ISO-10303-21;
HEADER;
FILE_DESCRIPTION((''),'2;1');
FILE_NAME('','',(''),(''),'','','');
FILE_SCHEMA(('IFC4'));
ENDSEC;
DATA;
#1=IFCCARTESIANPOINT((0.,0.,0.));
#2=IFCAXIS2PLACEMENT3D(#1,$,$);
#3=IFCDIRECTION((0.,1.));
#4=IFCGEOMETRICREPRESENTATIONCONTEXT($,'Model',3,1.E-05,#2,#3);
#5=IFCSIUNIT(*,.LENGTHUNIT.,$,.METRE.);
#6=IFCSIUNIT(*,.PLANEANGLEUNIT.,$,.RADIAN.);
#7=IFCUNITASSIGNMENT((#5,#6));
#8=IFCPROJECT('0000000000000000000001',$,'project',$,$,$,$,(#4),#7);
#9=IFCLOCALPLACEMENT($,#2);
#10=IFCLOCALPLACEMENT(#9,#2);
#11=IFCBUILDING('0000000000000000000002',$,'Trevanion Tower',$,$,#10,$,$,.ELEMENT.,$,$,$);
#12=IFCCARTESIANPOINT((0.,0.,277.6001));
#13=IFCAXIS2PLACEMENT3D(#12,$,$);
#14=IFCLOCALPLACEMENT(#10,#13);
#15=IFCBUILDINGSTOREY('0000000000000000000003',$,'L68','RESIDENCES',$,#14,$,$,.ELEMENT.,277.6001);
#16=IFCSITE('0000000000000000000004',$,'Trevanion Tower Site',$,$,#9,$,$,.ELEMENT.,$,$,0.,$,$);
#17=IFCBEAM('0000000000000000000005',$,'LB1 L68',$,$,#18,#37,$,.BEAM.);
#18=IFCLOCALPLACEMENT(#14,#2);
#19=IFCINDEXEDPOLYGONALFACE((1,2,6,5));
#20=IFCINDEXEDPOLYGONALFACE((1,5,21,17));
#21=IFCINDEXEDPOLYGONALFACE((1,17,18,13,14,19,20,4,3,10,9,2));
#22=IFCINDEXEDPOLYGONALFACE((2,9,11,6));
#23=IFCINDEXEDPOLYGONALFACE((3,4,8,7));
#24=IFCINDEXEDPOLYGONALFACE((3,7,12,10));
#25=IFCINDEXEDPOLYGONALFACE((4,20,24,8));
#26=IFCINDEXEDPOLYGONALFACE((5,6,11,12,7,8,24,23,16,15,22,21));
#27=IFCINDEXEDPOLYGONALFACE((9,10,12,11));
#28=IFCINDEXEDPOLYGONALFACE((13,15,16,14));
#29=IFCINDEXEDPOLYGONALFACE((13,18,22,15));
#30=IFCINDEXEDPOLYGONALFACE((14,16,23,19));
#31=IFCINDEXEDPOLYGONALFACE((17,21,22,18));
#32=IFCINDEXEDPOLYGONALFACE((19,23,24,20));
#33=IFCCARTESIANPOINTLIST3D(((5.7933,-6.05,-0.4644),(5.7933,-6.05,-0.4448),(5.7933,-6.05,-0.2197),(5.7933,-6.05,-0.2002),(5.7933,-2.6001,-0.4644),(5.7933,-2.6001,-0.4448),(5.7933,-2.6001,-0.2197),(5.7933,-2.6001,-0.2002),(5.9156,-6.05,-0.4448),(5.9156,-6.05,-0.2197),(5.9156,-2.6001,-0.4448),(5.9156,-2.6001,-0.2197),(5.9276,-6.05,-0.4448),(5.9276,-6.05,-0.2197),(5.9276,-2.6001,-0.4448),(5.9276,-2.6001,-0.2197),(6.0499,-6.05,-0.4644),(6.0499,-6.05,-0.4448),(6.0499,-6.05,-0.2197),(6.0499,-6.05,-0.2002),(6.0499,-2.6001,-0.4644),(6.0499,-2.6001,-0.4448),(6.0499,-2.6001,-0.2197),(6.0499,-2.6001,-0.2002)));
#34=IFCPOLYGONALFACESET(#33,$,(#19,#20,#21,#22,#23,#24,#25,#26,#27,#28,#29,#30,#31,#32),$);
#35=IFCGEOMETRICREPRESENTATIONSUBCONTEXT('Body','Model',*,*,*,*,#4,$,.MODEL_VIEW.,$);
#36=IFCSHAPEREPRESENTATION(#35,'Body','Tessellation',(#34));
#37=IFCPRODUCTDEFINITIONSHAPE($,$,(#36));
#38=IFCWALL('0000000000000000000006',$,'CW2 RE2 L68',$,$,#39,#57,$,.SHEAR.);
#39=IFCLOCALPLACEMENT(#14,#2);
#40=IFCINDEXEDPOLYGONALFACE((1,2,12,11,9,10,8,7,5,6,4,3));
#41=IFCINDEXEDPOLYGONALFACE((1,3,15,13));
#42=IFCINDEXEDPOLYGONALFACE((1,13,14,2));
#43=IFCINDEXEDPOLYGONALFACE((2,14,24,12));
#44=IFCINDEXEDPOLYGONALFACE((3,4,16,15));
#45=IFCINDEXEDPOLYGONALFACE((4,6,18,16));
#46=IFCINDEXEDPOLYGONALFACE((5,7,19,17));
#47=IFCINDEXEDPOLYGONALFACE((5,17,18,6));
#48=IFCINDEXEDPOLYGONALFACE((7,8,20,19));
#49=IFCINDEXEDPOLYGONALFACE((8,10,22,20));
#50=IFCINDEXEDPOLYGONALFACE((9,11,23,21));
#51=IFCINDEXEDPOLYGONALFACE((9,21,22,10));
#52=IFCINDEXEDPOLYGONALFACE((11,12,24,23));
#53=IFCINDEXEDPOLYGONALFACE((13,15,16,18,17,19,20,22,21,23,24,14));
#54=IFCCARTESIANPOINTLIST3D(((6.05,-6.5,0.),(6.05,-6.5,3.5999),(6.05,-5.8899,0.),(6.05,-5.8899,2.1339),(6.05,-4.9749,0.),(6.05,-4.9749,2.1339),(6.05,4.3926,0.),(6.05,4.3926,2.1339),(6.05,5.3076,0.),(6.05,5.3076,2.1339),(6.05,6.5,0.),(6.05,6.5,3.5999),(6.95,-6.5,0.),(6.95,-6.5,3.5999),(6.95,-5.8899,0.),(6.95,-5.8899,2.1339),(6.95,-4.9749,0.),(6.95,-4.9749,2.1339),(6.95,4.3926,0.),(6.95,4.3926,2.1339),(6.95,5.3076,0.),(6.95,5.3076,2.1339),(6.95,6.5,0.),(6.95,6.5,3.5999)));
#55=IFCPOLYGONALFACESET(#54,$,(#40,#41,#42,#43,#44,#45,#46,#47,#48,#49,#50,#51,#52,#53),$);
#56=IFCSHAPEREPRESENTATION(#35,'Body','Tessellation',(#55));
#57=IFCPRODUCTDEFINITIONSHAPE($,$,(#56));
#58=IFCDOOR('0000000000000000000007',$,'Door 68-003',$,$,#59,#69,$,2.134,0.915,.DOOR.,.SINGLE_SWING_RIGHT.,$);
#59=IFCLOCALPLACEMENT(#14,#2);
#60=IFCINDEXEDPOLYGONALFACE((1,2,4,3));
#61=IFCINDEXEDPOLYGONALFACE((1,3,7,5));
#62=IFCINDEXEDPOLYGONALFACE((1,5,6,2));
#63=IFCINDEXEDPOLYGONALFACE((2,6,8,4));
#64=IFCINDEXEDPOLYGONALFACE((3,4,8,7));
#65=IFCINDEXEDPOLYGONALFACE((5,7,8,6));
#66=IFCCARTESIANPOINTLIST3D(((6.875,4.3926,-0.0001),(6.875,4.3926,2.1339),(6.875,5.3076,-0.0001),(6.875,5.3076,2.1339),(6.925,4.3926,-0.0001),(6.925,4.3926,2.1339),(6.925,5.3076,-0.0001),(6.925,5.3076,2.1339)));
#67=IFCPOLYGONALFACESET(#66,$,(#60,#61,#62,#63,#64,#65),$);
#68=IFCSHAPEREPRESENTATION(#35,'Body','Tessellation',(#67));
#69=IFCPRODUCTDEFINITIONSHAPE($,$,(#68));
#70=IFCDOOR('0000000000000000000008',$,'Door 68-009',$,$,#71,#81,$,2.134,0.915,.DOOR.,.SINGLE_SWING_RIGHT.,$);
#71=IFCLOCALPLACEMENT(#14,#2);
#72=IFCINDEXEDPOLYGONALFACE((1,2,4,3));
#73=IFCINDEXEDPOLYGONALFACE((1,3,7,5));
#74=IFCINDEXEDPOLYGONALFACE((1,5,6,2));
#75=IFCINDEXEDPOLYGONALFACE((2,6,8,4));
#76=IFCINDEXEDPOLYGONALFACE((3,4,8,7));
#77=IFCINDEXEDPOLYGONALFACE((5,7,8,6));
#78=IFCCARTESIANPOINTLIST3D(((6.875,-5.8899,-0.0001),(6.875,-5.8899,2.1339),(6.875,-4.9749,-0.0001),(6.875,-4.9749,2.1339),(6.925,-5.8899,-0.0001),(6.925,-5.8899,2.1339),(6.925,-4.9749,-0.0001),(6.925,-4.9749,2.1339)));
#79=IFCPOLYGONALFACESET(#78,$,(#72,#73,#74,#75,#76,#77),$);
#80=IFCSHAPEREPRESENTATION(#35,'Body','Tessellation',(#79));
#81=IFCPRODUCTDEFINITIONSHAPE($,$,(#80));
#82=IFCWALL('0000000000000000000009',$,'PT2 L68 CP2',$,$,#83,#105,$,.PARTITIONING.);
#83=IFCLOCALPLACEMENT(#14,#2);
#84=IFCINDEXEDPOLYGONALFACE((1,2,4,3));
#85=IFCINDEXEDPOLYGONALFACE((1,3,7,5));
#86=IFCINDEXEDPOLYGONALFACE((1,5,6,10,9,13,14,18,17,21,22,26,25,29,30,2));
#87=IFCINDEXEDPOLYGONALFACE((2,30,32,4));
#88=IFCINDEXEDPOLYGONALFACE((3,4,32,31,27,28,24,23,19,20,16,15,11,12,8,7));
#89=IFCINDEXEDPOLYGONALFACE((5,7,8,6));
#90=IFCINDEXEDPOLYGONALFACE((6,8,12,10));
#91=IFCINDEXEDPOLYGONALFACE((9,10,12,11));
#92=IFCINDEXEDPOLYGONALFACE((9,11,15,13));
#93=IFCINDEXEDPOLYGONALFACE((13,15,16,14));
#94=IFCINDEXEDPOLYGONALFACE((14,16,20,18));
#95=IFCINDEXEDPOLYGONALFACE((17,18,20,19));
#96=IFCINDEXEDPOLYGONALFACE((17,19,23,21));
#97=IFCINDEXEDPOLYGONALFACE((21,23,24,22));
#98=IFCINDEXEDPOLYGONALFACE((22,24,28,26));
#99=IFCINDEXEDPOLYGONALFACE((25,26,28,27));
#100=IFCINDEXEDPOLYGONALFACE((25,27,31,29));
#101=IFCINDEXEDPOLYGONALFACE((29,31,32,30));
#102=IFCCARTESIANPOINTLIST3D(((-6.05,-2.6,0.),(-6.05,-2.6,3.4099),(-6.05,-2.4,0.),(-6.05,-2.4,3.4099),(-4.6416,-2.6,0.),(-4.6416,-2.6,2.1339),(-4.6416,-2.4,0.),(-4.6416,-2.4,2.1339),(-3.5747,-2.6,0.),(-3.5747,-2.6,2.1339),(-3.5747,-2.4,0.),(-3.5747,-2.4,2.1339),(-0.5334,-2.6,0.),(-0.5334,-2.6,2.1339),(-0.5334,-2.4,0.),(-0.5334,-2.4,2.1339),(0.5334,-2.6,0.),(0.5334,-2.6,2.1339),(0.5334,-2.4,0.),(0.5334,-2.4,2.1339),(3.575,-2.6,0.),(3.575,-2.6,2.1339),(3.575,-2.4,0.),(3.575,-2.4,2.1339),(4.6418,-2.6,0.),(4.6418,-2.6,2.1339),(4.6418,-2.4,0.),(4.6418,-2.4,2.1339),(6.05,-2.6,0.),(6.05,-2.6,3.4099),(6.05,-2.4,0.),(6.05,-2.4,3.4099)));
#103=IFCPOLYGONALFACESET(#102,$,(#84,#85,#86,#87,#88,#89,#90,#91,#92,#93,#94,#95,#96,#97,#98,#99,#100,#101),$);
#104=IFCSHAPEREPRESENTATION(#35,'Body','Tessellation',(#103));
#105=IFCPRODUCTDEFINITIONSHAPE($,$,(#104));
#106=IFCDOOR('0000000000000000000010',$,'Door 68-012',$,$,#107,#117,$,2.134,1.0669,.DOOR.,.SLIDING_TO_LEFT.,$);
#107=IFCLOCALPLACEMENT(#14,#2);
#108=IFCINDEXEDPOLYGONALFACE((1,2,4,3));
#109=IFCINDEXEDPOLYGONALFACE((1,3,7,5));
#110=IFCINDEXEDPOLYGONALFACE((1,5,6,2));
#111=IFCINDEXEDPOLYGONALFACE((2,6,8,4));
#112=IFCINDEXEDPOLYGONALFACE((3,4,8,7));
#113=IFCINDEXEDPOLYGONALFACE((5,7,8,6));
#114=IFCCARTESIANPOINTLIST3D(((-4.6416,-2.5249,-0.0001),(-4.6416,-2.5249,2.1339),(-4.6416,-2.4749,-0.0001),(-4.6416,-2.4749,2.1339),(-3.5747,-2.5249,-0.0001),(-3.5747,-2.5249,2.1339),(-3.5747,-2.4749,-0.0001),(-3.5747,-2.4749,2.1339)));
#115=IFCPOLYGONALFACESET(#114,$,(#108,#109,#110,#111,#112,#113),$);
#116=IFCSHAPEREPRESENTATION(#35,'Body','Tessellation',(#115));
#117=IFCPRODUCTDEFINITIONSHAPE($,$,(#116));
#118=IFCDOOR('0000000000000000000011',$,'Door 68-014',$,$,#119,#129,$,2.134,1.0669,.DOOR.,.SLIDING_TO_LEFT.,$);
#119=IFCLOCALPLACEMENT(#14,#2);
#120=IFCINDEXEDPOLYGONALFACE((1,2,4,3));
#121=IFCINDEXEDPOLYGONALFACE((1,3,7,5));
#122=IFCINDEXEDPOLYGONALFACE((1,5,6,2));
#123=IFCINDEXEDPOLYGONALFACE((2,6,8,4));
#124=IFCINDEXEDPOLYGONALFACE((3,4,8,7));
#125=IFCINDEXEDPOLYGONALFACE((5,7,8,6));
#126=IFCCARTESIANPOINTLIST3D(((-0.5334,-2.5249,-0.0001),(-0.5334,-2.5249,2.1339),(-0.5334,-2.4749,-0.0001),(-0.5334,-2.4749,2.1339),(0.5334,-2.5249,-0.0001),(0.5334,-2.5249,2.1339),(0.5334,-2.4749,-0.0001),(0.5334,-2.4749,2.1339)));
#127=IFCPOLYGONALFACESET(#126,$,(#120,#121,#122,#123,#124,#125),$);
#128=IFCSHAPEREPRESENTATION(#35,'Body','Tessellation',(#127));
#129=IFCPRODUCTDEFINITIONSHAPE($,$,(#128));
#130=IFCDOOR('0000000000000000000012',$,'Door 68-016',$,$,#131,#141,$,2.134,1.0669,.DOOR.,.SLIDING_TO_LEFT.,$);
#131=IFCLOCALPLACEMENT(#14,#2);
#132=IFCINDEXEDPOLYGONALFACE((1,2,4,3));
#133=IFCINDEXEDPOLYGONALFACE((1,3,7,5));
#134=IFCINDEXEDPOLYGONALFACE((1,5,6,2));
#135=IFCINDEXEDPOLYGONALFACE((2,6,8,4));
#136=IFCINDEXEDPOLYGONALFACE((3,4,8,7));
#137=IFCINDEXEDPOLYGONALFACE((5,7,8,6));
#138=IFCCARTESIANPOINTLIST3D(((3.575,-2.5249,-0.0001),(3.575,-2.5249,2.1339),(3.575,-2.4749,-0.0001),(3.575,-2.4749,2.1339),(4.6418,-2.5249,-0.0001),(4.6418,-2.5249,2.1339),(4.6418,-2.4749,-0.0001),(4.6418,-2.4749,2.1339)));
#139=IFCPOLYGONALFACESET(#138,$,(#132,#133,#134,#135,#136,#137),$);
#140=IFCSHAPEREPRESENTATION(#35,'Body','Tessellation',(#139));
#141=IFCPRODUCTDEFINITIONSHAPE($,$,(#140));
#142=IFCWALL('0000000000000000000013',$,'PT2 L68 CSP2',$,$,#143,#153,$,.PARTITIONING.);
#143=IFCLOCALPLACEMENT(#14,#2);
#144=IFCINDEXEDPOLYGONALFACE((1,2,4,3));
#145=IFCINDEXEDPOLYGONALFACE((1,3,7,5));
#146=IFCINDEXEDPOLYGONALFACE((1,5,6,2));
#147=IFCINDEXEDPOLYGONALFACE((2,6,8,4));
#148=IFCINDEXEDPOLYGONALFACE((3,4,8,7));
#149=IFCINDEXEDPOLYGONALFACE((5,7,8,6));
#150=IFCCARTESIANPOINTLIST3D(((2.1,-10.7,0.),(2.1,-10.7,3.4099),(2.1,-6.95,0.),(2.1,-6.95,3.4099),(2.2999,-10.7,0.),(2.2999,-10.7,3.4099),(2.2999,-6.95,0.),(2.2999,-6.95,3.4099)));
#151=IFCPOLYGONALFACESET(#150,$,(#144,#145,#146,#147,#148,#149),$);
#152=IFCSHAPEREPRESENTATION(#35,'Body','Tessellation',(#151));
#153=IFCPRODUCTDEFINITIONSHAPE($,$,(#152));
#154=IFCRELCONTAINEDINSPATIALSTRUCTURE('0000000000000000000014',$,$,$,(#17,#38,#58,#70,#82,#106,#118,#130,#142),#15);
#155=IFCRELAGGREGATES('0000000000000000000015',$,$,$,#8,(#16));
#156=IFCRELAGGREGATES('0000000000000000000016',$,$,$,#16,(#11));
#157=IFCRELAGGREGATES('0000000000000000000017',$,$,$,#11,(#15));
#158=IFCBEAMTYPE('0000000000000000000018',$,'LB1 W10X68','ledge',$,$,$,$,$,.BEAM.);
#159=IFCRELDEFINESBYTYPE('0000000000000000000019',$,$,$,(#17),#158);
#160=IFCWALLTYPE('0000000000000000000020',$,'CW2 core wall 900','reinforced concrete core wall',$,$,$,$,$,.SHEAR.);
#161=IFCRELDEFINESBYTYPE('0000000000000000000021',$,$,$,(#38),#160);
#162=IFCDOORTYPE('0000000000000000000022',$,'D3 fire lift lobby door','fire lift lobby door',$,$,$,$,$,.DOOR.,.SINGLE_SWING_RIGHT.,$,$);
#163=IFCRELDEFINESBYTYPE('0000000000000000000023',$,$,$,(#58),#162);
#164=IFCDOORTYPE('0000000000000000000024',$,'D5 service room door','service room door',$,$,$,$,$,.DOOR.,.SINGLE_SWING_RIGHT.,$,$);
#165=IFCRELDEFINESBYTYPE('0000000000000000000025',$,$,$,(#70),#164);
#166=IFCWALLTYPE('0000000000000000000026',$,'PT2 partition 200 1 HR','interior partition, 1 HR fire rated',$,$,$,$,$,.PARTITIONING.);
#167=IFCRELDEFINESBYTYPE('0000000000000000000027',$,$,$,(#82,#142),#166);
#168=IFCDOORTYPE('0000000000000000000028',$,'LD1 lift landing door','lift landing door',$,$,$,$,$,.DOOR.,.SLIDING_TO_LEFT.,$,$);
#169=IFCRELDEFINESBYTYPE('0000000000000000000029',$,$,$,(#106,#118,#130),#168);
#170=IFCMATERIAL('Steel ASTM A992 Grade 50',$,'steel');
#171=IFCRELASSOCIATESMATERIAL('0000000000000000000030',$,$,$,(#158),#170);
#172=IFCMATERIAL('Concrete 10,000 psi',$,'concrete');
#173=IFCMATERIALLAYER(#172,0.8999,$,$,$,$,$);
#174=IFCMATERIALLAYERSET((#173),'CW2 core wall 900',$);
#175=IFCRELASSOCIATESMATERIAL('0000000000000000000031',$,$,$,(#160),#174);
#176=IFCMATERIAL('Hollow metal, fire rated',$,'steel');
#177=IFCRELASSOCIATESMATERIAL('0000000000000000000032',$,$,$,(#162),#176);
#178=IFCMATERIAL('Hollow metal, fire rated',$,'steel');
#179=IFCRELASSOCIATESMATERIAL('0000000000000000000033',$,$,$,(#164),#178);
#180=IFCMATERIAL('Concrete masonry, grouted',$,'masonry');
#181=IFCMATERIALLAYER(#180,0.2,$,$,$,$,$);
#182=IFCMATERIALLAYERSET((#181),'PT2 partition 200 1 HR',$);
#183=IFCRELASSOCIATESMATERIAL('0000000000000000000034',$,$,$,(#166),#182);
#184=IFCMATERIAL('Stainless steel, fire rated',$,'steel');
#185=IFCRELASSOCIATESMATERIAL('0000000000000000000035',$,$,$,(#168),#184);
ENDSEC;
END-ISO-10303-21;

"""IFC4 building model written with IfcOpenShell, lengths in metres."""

from ifc_helpers import new_model, si_unit, direction, frame, frame_2d, origin, origin_2d, place, context, subcontext, project, spatial, rectangle, i_section, extrude, material, layer, layer_set, material_profile, profile_set, type_object, element, fill, save


model = new_model("IFC4")

# Units and contexts
model_context = context("Model", 3, precision=1e-05, world=origin(), true_north=direction((0.0, 1.0)))
body_context = subcontext(model_context, "Body", "Model", "MODEL_VIEW")
ifc_project = project(units=[si_unit("LENGTHUNIT", "METRE"), si_unit("PLANEANGLEUNIT", "RADIAN")], contexts=[model_context])

# Site, building, storey
site_placement = place(None, origin())
site = spatial("IfcSite", under=ifc_project, at=site_placement, Name="Trevanion Tower Site", CompositionType="ELEMENT", RefElevation=0.0)
building_placement = place(site_placement, origin())
building = spatial("IfcBuilding", under=site, at=building_placement, Name="Trevanion Tower", CompositionType="ELEMENT")
storey_placement = place(building_placement, frame((0.0, 0.0, 277.6001)))
storey = spatial("IfcBuildingStorey", under=building, at=storey_placement, Name="L68", Description="RESIDENCES", CompositionType="ELEMENT", Elevation=277.6001)

# Beam
ifc_material_1 = material(Name="Steel ASTM A992 Grade 50", Category="steel")
ifc_material_profile = material_profile(ifc_material_1, i_section(OverallWidth=0.2566, OverallDepth=0.2642, WebThickness=0.012, FlangeThickness=0.0195, at=origin_2d()), Name="W10X68")
ifc_profile_set = profile_set([ifc_material_profile], Name="Steel ASTM A992 Grade 50")
beam_type = type_object("IfcBeamType", Name="LB1 W10X68", Description="ledge", PredefinedType="BEAM", material=ifc_profile_set)
beam_placement = place(storey_placement, frame((5.9216, -6.05, -0.3323), z_axis=(0.0, 1.0, 0.0), x_axis=(-1.0, 0.0, 0.0)))
element("IfcBeam", 1, at=beam_placement, inside=storey, type_object=beam_type, Name="LB1 L68", PredefinedType="BEAM", context=body_context, shape_type="SweptSolid", body=[
    extrude(i_section(OverallWidth=0.2566, OverallDepth=0.2642, WebThickness=0.012, FlangeThickness=0.0195, at=origin_2d()), origin(), (0.0, 0.0, 1.0), 3.45),
])

# Walls, openings, doors
ifc_material_2 = material(Name="Concrete 10,000 psi", Category="concrete")
ifc_layer_1 = layer(ifc_material_2, 0.8999)
ifc_layer_set_1 = layer_set([ifc_layer_1], Name="CW2 core wall 900")
wall_type_1 = type_object("IfcWallType", Name="CW2 core wall 900", Description="reinforced concrete core wall", PredefinedType="SHEAR", material=ifc_layer_set_1)
wall_1_placement = place(storey_placement, frame((6.5, -6.5, 0.0), z_axis=(0.0, 0.0, 1.0), x_axis=(0.0, 1.0, 0.0)))
wall_1 = element("IfcWall", 2, at=wall_1_placement, inside=storey, type_object=wall_type_1, Name="CW2 RE2 L68", PredefinedType="SHEAR", context=body_context, shape_type="SweptSolid", body=[
    extrude(rectangle(XDim=13.0, YDim=0.8999, at=frame_2d((6.5, 0.0))), origin(), (0.0, 0.0, 1.0), 3.5999),
])
opening_1_placement = place(wall_1_placement, frame((10.8926, 0.0, 0.0)))
opening_1 = element("IfcOpeningElement", 3, at=opening_1_placement, cuts=wall_1, PredefinedType="OPENING", context=body_context, shape_type="SweptSolid", body=[
    extrude(rectangle(XDim=0.915, YDim=2.134, at=frame_2d((0.4575, 1.0669))), frame((0.0, 0.46, 0.0), z_axis=(0.0, -1.0, 0.0), x_axis=(1.0, 0.0, 0.0)), (0.0, 0.0, 1.0), 0.9199),
])
opening_2_placement = place(wall_1_placement, frame((0.6101, 0.0, 0.0)))
opening_2 = element("IfcOpeningElement", 4, at=opening_2_placement, cuts=wall_1, PredefinedType="OPENING", context=body_context, shape_type="SweptSolid", body=[
    extrude(rectangle(XDim=0.915, YDim=2.134, at=frame_2d((0.4575, 1.0669))), frame((0.0, 0.46, 0.0), z_axis=(0.0, -1.0, 0.0), x_axis=(1.0, 0.0, 0.0)), (0.0, 0.0, 1.0), 0.9199),
])
ifc_material_3 = material(Name="Hollow metal, fire rated", Category="steel")
door_type_1 = type_object("IfcDoorType", Name="D3 fire lift lobby door", Description="fire lift lobby door", OperationType="SINGLE_SWING_RIGHT", PredefinedType="DOOR", material=ifc_material_3)
door_1_placement = place(opening_1_placement, origin())
door_1 = element("IfcDoor", 5, at=door_1_placement, inside=storey, type_object=door_type_1, Name="Door 68-003", OperationType="SINGLE_SWING_RIGHT", OverallHeight=2.134, OverallWidth=0.915, PredefinedType="DOOR", context=body_context, shape_type="SweptSolid", body=[
    extrude(rectangle(XDim=0.915, YDim=2.134, at=frame_2d((0.4575, 1.0669))), frame((0.0, -0.375, 0.0), z_axis=(0.0, -1.0, 0.0), x_axis=(1.0, 0.0, 0.0)), (0.0, 0.0, 1.0), 0.05),
])
fill(opening_1, door_1)
ifc_material_4 = material(Name="Hollow metal, fire rated", Category="steel")
door_type_2 = type_object("IfcDoorType", Name="D5 service room door", Description="service room door", OperationType="SINGLE_SWING_RIGHT", PredefinedType="DOOR", material=ifc_material_4)
door_2_placement = place(opening_2_placement, origin())
door_2 = element("IfcDoor", 6, at=door_2_placement, inside=storey, type_object=door_type_2, Name="Door 68-009", OperationType="SINGLE_SWING_RIGHT", OverallHeight=2.134, OverallWidth=0.915, PredefinedType="DOOR", context=body_context, shape_type="SweptSolid", body=[
    extrude(rectangle(XDim=0.915, YDim=2.134, at=frame_2d((0.4575, 1.0669))), frame((0.0, -0.375, 0.0), z_axis=(0.0, -1.0, 0.0), x_axis=(1.0, 0.0, 0.0)), (0.0, 0.0, 1.0), 0.05),
])
fill(opening_2, door_2)
ifc_material_5 = material(Name="Concrete masonry, grouted", Category="masonry")
ifc_layer_2 = layer(ifc_material_5, 0.2)
ifc_layer_set_2 = layer_set([ifc_layer_2], Name="PT2 partition 200 1 HR")
wall_type_2 = type_object("IfcWallType", Name="PT2 partition 200 1 HR", Description="interior partition, 1 HR fire rated", PredefinedType="PARTITIONING", material=ifc_layer_set_2)
wall_2_placement = place(storey_placement, frame((6.05, -2.5, 0.0), z_axis=(0.0, 0.0, 1.0), x_axis=(-1.0, 0.0, 0.0)))
wall_2 = element("IfcWall", 7, at=wall_2_placement, inside=storey, type_object=wall_type_2, Name="PT2 L68 CP2", PredefinedType="PARTITIONING", context=body_context, shape_type="SweptSolid", body=[
    extrude(rectangle(XDim=12.1001, YDim=0.2, at=frame_2d((6.05, 0.0))), origin(), (0.0, 0.0, 1.0), 3.4099),
])
opening_3_placement = place(wall_2_placement, frame((9.6248, 0.0, 0.0)))
opening_3 = element("IfcOpeningElement", 8, at=opening_3_placement, cuts=wall_2, PredefinedType="OPENING", context=body_context, shape_type="SweptSolid", body=[
    extrude(rectangle(XDim=1.0669, YDim=2.134, at=frame_2d((0.5334, 1.0669))), frame((0.0, 0.1099, 0.0), z_axis=(0.0, -1.0, 0.0), x_axis=(1.0, 0.0, 0.0)), (0.0, 0.0, 1.0), 0.22),
])
opening_4_placement = place(wall_2_placement, frame((5.5166, 0.0, 0.0)))
opening_4 = element("IfcOpeningElement", 9, at=opening_4_placement, cuts=wall_2, PredefinedType="OPENING", context=body_context, shape_type="SweptSolid", body=[
    extrude(rectangle(XDim=1.0669, YDim=2.134, at=frame_2d((0.5334, 1.0669))), frame((0.0, 0.1099, 0.0), z_axis=(0.0, -1.0, 0.0), x_axis=(1.0, 0.0, 0.0)), (0.0, 0.0, 1.0), 0.22),
])
opening_5_placement = place(wall_2_placement, frame((1.4082, 0.0, 0.0)))
opening_5 = element("IfcOpeningElement", 10, at=opening_5_placement, cuts=wall_2, PredefinedType="OPENING", context=body_context, shape_type="SweptSolid", body=[
    extrude(rectangle(XDim=1.0669, YDim=2.134, at=frame_2d((0.5334, 1.0669))), frame((0.0, 0.1099, 0.0), z_axis=(0.0, -1.0, 0.0), x_axis=(1.0, 0.0, 0.0)), (0.0, 0.0, 1.0), 0.22),
])
ifc_material_6 = material(Name="Stainless steel, fire rated", Category="steel")
door_type_3 = type_object("IfcDoorType", Name="LD1 lift landing door", Description="lift landing door", OperationType="SLIDING_TO_LEFT", PredefinedType="DOOR", material=ifc_material_6)
door_3_placement = place(opening_3_placement, origin())
door_3 = element("IfcDoor", 11, at=door_3_placement, inside=storey, type_object=door_type_3, Name="Door 68-012", OperationType="SLIDING_TO_LEFT", OverallHeight=2.134, OverallWidth=1.0669, PredefinedType="DOOR", context=body_context, shape_type="SweptSolid", body=[
    extrude(rectangle(XDim=1.0669, YDim=2.134, at=frame_2d((0.5334, 1.0669))), frame((0.0, 0.0249, 0.0), z_axis=(0.0, -1.0, 0.0), x_axis=(1.0, 0.0, 0.0)), (0.0, 0.0, 1.0), 0.05),
])
fill(opening_3, door_3)
door_4_placement = place(opening_4_placement, origin())
door_4 = element("IfcDoor", 12, at=door_4_placement, inside=storey, type_object=door_type_3, Name="Door 68-014", OperationType="SLIDING_TO_LEFT", OverallHeight=2.134, OverallWidth=1.0669, PredefinedType="DOOR", context=body_context, shape_type="SweptSolid", body=[
    extrude(rectangle(XDim=1.0669, YDim=2.134, at=frame_2d((0.5334, 1.0669))), frame((0.0, 0.0249, 0.0), z_axis=(0.0, -1.0, 0.0), x_axis=(1.0, 0.0, 0.0)), (0.0, 0.0, 1.0), 0.05),
])
fill(opening_4, door_4)
door_5_placement = place(opening_5_placement, origin())
door_5 = element("IfcDoor", 13, at=door_5_placement, inside=storey, type_object=door_type_3, Name="Door 68-016", OperationType="SLIDING_TO_LEFT", OverallHeight=2.134, OverallWidth=1.0669, PredefinedType="DOOR", context=body_context, shape_type="SweptSolid", body=[
    extrude(rectangle(XDim=1.0669, YDim=2.134, at=frame_2d((0.5334, 1.0669))), frame((0.0, 0.0249, 0.0), z_axis=(0.0, -1.0, 0.0), x_axis=(1.0, 0.0, 0.0)), (0.0, 0.0, 1.0), 0.05),
])
fill(opening_5, door_5)

# Wall
wall_3_placement = place(storey_placement, frame((2.2, -6.95, 0.0), z_axis=(0.0, 0.0, 1.0), x_axis=(0.0, -1.0, 0.0)))
element("IfcWall", 14, at=wall_3_placement, inside=storey, type_object=wall_type_2, Name="PT2 L68 CSP2", PredefinedType="PARTITIONING", context=body_context, shape_type="SweptSolid", body=[
    extrude(rectangle(XDim=3.75, YDim=0.2, at=frame_2d((1.875, 0.0))), origin(), (0.0, 0.0, 1.0), 3.4099),
])

save(model, "model.ifc")
